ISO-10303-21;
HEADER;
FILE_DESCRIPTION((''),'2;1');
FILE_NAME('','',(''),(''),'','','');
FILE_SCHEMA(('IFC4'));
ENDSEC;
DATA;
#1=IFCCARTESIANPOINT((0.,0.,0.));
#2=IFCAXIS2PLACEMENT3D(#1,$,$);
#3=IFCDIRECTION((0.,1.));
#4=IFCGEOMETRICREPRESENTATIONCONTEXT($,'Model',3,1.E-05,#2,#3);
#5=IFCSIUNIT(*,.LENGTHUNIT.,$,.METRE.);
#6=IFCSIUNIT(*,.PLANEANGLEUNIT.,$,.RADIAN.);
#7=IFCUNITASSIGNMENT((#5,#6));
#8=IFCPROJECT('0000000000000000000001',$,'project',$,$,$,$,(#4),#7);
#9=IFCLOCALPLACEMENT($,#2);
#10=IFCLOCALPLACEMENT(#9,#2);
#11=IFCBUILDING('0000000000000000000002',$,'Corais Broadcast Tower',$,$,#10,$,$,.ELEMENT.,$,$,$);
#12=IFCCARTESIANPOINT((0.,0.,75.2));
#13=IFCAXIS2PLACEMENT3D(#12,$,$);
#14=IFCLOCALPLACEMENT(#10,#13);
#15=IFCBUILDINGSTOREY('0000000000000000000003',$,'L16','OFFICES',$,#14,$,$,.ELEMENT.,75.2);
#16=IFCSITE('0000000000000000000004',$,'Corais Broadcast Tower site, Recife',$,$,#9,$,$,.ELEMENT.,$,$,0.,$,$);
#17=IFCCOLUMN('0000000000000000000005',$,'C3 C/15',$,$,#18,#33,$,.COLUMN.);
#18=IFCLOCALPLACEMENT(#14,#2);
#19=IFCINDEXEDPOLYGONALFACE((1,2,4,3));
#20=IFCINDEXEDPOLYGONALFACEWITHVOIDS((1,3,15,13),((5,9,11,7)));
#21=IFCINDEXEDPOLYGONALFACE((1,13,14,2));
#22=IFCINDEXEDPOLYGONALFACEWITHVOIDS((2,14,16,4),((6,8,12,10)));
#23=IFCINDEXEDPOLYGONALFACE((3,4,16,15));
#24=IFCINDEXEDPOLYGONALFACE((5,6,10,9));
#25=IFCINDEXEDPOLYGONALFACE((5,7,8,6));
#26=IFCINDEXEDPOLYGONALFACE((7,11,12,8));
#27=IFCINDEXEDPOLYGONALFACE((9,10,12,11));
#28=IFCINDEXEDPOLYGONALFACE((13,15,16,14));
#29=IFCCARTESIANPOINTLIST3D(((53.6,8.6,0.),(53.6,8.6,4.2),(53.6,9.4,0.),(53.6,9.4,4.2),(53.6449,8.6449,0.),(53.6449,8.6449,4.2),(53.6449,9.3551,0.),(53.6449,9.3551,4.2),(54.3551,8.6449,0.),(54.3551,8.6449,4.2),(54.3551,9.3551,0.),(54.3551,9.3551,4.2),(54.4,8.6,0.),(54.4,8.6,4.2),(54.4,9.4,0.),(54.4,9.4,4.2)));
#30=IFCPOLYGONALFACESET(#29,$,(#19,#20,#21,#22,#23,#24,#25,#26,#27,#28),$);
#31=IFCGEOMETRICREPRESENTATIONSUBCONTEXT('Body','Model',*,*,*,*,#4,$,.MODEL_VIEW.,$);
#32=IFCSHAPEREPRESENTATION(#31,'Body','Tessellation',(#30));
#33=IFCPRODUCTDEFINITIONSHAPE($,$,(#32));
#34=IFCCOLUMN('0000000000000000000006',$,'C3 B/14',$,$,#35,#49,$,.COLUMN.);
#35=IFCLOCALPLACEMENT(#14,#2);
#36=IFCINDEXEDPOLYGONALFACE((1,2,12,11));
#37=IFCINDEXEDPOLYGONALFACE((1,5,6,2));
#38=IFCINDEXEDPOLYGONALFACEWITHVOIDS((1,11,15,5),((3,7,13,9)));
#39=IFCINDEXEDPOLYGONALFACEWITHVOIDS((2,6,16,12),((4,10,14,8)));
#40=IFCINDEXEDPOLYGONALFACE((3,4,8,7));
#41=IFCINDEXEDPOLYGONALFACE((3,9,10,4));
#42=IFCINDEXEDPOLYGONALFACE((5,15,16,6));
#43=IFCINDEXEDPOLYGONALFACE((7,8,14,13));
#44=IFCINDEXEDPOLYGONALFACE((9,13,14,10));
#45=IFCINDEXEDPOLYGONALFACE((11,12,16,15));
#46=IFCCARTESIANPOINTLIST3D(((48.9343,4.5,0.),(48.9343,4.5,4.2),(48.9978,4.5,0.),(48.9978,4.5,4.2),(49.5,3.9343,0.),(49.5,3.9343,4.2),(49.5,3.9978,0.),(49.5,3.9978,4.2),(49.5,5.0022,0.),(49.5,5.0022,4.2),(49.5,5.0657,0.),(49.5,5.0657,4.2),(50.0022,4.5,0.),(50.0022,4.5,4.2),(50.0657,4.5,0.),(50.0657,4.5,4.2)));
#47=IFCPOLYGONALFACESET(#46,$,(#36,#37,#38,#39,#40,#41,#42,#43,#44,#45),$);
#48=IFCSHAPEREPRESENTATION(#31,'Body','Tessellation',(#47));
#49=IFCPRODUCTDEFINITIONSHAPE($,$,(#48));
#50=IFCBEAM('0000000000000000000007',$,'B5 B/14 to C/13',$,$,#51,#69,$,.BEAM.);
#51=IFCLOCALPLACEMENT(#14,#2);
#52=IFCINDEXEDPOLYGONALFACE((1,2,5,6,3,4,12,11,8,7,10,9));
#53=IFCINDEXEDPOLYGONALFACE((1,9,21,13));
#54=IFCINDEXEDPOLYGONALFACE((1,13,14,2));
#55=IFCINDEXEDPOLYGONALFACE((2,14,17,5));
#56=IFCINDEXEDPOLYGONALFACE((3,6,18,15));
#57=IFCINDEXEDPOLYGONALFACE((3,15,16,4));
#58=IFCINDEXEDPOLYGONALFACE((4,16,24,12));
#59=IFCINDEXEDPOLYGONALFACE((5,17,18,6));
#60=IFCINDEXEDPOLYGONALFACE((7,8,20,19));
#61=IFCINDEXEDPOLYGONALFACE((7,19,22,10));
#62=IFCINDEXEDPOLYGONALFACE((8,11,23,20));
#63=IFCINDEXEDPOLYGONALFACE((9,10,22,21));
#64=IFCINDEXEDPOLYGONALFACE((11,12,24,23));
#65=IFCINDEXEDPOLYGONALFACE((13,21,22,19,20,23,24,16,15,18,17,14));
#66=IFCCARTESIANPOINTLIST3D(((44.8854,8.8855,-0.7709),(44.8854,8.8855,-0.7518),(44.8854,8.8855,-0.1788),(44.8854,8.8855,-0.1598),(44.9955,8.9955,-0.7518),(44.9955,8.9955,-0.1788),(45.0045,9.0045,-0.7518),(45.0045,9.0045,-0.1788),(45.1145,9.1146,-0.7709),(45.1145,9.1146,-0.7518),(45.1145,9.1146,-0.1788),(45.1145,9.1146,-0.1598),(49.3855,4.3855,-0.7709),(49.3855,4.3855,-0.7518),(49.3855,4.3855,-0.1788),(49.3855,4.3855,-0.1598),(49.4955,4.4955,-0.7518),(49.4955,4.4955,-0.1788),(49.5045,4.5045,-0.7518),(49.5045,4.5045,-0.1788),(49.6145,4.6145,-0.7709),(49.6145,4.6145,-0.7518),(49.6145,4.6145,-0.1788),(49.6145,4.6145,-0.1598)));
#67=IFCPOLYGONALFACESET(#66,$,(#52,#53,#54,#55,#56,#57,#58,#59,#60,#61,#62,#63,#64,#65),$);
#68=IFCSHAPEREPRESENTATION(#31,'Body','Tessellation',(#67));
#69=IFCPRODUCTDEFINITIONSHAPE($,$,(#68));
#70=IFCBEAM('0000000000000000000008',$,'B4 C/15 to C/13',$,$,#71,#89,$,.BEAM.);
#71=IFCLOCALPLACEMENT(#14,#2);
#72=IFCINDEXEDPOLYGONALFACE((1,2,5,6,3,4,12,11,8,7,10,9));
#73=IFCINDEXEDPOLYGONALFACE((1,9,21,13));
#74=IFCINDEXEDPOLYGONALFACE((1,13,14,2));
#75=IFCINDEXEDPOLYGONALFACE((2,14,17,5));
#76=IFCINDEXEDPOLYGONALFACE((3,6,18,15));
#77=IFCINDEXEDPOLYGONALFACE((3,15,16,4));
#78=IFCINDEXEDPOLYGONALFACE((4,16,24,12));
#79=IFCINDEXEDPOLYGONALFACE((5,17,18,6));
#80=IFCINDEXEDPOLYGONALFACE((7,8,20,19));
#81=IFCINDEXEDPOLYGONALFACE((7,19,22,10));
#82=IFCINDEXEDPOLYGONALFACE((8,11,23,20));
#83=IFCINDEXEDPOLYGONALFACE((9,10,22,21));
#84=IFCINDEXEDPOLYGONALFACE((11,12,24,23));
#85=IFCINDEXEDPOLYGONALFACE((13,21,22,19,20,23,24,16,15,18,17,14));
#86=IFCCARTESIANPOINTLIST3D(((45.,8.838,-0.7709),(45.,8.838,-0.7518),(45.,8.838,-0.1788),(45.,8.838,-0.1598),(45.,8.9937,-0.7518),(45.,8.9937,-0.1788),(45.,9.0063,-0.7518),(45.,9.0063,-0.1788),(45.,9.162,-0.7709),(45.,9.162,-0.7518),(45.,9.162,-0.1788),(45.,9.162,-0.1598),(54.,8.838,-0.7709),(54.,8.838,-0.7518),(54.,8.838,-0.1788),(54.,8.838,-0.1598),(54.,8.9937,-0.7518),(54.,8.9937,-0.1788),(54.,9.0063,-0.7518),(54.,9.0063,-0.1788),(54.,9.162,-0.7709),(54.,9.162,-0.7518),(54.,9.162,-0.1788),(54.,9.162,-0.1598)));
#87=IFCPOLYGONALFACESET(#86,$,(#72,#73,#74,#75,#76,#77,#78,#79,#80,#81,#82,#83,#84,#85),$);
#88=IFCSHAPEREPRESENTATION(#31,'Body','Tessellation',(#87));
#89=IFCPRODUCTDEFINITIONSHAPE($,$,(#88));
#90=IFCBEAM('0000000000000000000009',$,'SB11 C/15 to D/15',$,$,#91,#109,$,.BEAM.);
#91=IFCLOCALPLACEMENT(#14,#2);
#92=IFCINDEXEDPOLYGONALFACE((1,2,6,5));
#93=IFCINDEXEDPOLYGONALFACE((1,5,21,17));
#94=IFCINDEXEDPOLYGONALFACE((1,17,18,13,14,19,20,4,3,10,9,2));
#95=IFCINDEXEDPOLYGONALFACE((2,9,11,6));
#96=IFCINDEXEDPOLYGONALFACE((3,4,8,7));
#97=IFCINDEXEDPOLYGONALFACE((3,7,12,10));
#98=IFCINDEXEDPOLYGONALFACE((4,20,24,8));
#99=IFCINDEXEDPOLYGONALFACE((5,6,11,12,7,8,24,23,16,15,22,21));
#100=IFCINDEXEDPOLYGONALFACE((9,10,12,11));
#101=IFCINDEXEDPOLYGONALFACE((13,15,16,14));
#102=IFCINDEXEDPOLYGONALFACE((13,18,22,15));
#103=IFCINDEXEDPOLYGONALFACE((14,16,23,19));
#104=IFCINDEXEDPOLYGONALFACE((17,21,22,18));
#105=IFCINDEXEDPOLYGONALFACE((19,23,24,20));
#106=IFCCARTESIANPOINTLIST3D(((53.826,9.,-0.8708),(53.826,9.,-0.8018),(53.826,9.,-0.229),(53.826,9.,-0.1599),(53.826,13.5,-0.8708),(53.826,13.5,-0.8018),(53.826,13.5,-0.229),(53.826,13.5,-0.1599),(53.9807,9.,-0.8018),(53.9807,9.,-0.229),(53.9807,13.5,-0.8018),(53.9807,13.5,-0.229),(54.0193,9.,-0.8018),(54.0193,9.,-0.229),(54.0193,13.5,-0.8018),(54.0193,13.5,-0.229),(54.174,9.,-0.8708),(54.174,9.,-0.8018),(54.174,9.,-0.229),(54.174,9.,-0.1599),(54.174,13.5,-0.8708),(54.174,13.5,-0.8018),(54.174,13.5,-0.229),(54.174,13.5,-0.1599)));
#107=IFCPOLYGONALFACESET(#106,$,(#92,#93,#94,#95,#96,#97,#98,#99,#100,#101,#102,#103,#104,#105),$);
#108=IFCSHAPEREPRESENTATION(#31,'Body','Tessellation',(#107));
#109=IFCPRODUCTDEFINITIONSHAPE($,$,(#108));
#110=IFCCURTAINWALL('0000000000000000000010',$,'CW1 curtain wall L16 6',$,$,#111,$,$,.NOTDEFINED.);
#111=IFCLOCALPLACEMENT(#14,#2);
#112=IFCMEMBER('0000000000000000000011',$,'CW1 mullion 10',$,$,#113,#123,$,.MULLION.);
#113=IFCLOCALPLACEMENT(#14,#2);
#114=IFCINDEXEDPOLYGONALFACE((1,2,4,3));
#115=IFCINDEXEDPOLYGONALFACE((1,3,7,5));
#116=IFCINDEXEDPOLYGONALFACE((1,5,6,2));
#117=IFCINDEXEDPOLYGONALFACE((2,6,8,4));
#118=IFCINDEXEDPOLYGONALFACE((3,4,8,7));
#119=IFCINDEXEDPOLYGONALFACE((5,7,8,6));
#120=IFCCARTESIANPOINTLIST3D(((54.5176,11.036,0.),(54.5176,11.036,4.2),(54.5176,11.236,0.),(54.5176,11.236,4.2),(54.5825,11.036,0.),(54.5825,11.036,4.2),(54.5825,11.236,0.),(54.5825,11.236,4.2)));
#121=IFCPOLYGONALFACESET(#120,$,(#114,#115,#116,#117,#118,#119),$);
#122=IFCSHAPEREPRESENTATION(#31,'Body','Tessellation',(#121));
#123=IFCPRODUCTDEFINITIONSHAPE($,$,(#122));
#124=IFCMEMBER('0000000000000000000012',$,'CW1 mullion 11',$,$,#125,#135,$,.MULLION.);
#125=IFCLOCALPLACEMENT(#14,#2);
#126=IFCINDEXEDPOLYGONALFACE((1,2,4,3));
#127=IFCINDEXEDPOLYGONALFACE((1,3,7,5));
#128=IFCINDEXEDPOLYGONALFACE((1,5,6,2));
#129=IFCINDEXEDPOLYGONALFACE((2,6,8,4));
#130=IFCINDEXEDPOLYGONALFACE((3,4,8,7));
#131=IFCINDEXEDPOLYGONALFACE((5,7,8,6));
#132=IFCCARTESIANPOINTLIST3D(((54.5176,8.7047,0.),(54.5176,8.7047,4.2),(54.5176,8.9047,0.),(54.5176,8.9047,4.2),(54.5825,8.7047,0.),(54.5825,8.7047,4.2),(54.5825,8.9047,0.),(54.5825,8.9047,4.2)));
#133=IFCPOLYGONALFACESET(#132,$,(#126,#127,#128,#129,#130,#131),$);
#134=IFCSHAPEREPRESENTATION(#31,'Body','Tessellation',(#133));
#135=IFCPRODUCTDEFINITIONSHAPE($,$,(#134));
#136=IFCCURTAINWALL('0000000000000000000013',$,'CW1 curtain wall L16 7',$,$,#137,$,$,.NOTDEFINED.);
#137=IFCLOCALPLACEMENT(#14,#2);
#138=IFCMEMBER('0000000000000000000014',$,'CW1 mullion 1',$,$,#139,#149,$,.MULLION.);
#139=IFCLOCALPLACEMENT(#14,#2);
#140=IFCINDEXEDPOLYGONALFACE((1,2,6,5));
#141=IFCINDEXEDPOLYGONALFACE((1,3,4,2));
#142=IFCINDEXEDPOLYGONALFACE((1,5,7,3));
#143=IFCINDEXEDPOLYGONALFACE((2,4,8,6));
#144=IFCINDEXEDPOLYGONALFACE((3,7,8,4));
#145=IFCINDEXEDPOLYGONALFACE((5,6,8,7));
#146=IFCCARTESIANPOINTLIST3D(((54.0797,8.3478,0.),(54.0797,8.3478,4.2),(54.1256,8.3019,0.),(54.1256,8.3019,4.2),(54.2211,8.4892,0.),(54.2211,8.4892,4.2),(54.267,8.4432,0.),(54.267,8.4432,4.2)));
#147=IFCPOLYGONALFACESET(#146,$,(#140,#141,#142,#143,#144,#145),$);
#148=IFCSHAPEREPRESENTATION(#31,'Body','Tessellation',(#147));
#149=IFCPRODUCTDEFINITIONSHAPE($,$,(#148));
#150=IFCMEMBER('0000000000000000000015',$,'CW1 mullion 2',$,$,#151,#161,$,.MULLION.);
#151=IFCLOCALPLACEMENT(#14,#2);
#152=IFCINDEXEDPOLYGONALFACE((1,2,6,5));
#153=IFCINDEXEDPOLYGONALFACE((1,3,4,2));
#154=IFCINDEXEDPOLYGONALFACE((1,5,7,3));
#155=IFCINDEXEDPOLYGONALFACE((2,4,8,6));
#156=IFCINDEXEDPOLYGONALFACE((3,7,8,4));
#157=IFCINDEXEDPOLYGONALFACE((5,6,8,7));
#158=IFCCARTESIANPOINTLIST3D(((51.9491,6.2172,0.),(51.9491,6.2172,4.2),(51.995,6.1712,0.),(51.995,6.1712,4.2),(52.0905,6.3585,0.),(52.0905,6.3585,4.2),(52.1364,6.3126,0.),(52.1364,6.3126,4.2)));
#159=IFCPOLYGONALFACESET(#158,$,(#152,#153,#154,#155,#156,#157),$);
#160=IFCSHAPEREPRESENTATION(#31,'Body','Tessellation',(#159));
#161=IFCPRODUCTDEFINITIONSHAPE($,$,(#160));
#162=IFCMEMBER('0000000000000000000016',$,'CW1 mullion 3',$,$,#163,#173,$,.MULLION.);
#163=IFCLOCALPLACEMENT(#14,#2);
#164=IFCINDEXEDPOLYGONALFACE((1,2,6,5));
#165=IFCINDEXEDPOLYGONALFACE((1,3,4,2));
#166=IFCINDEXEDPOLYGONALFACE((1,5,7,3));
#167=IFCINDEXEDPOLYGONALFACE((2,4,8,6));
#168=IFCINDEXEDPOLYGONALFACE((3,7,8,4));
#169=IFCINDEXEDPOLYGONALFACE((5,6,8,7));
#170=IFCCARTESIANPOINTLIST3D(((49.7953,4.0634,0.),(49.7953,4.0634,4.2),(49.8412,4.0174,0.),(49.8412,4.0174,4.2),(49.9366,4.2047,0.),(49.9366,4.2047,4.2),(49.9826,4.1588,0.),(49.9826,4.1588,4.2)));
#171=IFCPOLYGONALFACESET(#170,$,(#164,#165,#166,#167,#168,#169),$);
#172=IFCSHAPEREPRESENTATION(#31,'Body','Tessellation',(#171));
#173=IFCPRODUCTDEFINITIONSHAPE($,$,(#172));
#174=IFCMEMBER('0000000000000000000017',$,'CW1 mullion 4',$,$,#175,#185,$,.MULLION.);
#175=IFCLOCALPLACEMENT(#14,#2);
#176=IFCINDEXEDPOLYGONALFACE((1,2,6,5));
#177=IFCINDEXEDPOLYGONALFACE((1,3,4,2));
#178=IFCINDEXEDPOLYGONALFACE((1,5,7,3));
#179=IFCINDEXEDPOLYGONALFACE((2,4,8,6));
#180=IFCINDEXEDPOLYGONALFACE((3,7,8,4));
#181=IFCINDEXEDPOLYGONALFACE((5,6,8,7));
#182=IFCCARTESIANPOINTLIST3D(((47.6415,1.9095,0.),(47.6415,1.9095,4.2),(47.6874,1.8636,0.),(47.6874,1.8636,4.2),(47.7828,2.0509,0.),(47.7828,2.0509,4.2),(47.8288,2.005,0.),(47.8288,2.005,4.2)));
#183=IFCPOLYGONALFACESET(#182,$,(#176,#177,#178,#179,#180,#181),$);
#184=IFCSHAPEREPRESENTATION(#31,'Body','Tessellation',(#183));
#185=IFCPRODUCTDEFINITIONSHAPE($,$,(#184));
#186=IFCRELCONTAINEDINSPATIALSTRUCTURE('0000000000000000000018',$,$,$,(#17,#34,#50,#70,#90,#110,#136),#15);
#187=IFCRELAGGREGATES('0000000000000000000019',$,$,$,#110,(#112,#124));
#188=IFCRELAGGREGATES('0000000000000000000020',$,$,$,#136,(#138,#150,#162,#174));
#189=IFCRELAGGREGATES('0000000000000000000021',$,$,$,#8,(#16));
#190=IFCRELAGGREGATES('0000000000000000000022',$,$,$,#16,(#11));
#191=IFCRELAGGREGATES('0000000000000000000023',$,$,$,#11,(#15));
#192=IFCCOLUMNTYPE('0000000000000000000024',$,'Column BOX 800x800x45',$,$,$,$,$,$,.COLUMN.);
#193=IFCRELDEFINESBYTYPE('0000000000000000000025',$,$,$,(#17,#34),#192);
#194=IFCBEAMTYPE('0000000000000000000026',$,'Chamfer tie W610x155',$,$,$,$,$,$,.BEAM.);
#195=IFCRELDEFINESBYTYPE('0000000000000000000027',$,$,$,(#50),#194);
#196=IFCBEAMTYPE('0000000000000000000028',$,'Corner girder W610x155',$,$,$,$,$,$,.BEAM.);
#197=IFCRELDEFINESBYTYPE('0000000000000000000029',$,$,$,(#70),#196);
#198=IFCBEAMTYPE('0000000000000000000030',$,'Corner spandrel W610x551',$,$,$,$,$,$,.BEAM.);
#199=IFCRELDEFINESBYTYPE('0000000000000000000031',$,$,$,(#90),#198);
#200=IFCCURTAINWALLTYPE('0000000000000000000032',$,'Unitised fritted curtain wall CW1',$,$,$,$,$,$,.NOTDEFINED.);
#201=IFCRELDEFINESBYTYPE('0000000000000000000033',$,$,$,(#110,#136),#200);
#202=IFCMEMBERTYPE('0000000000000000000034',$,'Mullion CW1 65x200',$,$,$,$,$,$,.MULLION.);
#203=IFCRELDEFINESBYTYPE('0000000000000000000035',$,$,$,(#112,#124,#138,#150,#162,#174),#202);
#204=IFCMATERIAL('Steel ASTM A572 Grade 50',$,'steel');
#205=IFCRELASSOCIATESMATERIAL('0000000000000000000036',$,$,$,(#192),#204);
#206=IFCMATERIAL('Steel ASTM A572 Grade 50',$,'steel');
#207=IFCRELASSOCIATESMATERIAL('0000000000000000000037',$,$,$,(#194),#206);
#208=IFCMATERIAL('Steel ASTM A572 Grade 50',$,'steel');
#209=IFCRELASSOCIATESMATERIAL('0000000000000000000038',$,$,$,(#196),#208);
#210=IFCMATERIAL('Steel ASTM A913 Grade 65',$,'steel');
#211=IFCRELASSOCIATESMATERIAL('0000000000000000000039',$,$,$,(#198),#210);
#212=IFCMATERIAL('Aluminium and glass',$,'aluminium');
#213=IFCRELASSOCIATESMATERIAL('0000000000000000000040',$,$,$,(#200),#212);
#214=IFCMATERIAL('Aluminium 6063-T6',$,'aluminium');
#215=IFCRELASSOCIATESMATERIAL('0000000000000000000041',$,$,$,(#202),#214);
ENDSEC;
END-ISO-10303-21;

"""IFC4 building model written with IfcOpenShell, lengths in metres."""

from ifc_helpers import new_model, si_unit, direction, frame, origin, origin_2d, place, context, subcontext, project, spatial, rectangle, hollow_rectangle, i_section, extrude, material, material_profile, profile_set, type_object, element, aggregate, save


model = new_model("IFC4")

# Units and contexts
model_context = context("Model", 3, precision=1e-05, world=origin(), true_north=direction((0.0, 1.0)))
body_context = subcontext(model_context, "Body", "Model", "MODEL_VIEW")
ifc_project = project(units=[si_unit("LENGTHUNIT", "METRE"), si_unit("PLANEANGLEUNIT", "RADIAN")], contexts=[model_context])

# Site, building, storey
site_placement = place(None, origin())
site = spatial("IfcSite", under=ifc_project, at=site_placement, Name="Corais Broadcast Tower site, Recife", CompositionType="ELEMENT", RefElevation=0.0)
building_placement = place(site_placement, origin())
building = spatial("IfcBuilding", under=site, at=building_placement, Name="Corais Broadcast Tower", CompositionType="ELEMENT")
storey_placement = place(building_placement, frame((0.0, 0.0, 75.2)))
storey = spatial("IfcBuildingStorey", under=building, at=storey_placement, Name="L16", Description="OFFICES", CompositionType="ELEMENT", Elevation=75.2)

# Columns
ifc_material_1 = material(Name="Steel ASTM A572 Grade 50", Category="steel")
ifc_material_profile_1 = material_profile(ifc_material_1, hollow_rectangle(XDim=0.8, YDim=0.8, WallThickness=0.0449, at=origin_2d()), Name="BOX 800x800x45")
ifc_profile_set_1 = profile_set([ifc_material_profile_1], Name="Steel ASTM A572 Grade 50")
column_type = type_object("IfcColumnType", Name="Column BOX 800x800x45", PredefinedType="COLUMN", material=ifc_profile_set_1)
for number, where, z_axis, x_axis, name in (
    (1, (54.0, 9.0, 0.0), (0.0, 0.0, 1.0), (1.0, 0.0, 0.0), "C3 C/15"),
    (2, (49.5, 4.5, 0.0), (0.0, 0.0, 1.0), (0.707107, 0.707107, 0.0), "C3 B/14"),
):
    element("IfcColumn", number, at=place(storey_placement, frame(where, z_axis=z_axis, x_axis=x_axis)), inside=storey, type_object=column_type, Name=name, PredefinedType="COLUMN", context=body_context, shape_type="SweptSolid", body=[
        extrude(hollow_rectangle(XDim=0.8, YDim=0.8, WallThickness=0.0449, at=origin_2d()), origin(), (0.0, 0.0, 1.0), 4.2),
    ])

# Beams
ifc_material_2 = material(Name="Steel ASTM A572 Grade 50", Category="steel")
ifc_material_profile_2 = material_profile(ifc_material_2, i_section(OverallWidth=0.324, OverallDepth=0.6111, WebThickness=0.0127, FlangeThickness=0.019, at=origin_2d()), Name="W610x155")
ifc_profile_set_2 = profile_set([ifc_material_profile_2], Name="Steel ASTM A572 Grade 50")
beam_type_1 = type_object("IfcBeamType", Name="Chamfer tie W610x155", PredefinedType="BEAM", material=ifc_profile_set_2)
beam_1_placement = place(storey_placement, frame((49.5, 4.5, -0.4653), z_axis=(-0.707107, 0.707107, 0.0), x_axis=(-0.707107, -0.707107, 0.0)))
element("IfcBeam", 3, at=beam_1_placement, inside=storey, type_object=beam_type_1, Name="B5 B/14 to C/13", PredefinedType="BEAM", context=body_context, shape_type="SweptSolid", body=[
    extrude(i_section(OverallWidth=0.324, OverallDepth=0.6111, WebThickness=0.0127, FlangeThickness=0.019, at=origin_2d()), origin(), (0.0, 0.0, 1.0), 6.364),
])
ifc_material_3 = material(Name="Steel ASTM A572 Grade 50", Category="steel")
ifc_material_profile_3 = material_profile(ifc_material_3, i_section(OverallWidth=0.324, OverallDepth=0.6111, WebThickness=0.0127, FlangeThickness=0.019, at=origin_2d()), Name="W610x155")
ifc_profile_set_3 = profile_set([ifc_material_profile_3], Name="Steel ASTM A572 Grade 50")
beam_type_2 = type_object("IfcBeamType", Name="Corner girder W610x155", PredefinedType="BEAM", material=ifc_profile_set_3)
beam_2_placement = place(storey_placement, frame((54.0, 9.0, -0.4653), z_axis=(-1.0, 0.0, 0.0), x_axis=(0.0, -1.0, 0.0)))
element("IfcBeam", 4, at=beam_2_placement, inside=storey, type_object=beam_type_2, Name="B4 C/15 to C/13", PredefinedType="BEAM", context=body_context, shape_type="SweptSolid", body=[
    extrude(i_section(OverallWidth=0.324, OverallDepth=0.6111, WebThickness=0.0127, FlangeThickness=0.019, at=origin_2d()), origin(), (0.0, 0.0, 1.0), 9.0),
])
ifc_material_4 = material(Name="Steel ASTM A913 Grade 65", Category="steel")
ifc_material_profile_4 = material_profile(ifc_material_4, i_section(OverallWidth=0.3479, OverallDepth=0.7109, WebThickness=0.0386, FlangeThickness=0.0691, at=origin_2d()), Name="W610x551")
ifc_profile_set_4 = profile_set([ifc_material_profile_4], Name="Steel ASTM A913 Grade 65")
beam_type_3 = type_object("IfcBeamType", Name="Corner spandrel W610x551", PredefinedType="BEAM", material=ifc_profile_set_4)
beam_3_placement = place(storey_placement, frame((54.0, 9.0, -0.5154), z_axis=(0.0, 1.0, 0.0), x_axis=(-1.0, 0.0, 0.0)))
element("IfcBeam", 5, at=beam_3_placement, inside=storey, type_object=beam_type_3, Name="SB11 C/15 to D/15", PredefinedType="BEAM", context=body_context, shape_type="SweptSolid", body=[
    extrude(i_section(OverallWidth=0.3479, OverallDepth=0.7109, WebThickness=0.0386, FlangeThickness=0.0691, at=origin_2d()), origin(), (0.0, 0.0, 1.0), 4.5),
])

# Curtain walls, members
ifc_material_5 = material(Name="Aluminium and glass", Category="aluminium")
curtain_wall_type = type_object("IfcCurtainWallType", Name="Unitised fritted curtain wall CW1", PredefinedType="NOTDEFINED", material=ifc_material_5)
curtain_wall_1_placement = place(storey_placement, origin())
curtain_wall_1 = element("IfcCurtainWall", 6, at=curtain_wall_1_placement, inside=storey, type_object=curtain_wall_type, Name="CW1 curtain wall L16 6", PredefinedType="NOTDEFINED")
ifc_material_6 = material(Name="Aluminium 6063-T6", Category="aluminium")
ifc_material_profile_5 = material_profile(ifc_material_6, rectangle(XDim=0.0649, YDim=0.2, at=origin_2d()), Name="Mullion CW1 65x200")
ifc_profile_set_5 = profile_set([ifc_material_profile_5], Name="Aluminium 6063-T6")
member_type_1 = type_object("IfcMemberType", Name="Mullion CW1 65x200", PredefinedType="MULLION", material=ifc_profile_set_5)
member_1_placement = place(storey_placement, frame((54.55, 11.136, 0.0), z_axis=(0.0, 0.0, 1.0), x_axis=(1.0, 0.0, 0.0)))
member_1 = element("IfcMember", 7, at=member_1_placement, type_object=member_type_1, Name="CW1 mullion 10", PredefinedType="MULLION", context=body_context, shape_type="SweptSolid", body=[
    extrude(rectangle(XDim=0.0649, YDim=0.2, at=origin_2d()), origin(), (0.0, 0.0, 1.0), 4.2),
])
member_2_placement = place(storey_placement, frame((54.55, 8.8047, 0.0), z_axis=(0.0, 0.0, 1.0), x_axis=(1.0, 0.0, 0.0)))
member_2 = element("IfcMember", 8, at=member_2_placement, type_object=member_type_1, Name="CW1 mullion 11", PredefinedType="MULLION", context=body_context, shape_type="SweptSolid", body=[
    extrude(rectangle(XDim=0.0649, YDim=0.2, at=origin_2d()), origin(), (0.0, 0.0, 1.0), 4.2),
])
curtain_wall_2_placement = place(storey_placement, origin())
curtain_wall_2 = element("IfcCurtainWall", 9, at=curtain_wall_2_placement, inside=storey, type_object=curtain_wall_type, Name="CW1 curtain wall L16 7", PredefinedType="NOTDEFINED")
member_3_placement = place(storey_placement, frame((54.1733, 8.3955, 0.0), z_axis=(0.0, 0.0, 1.0), x_axis=(0.707107, -0.707107, 0.0)))
member_3 = element("IfcMember", 10, at=member_3_placement, type_object=member_type_1, Name="CW1 mullion 1", PredefinedType="MULLION", context=body_context, shape_type="SweptSolid", body=[
    extrude(rectangle(XDim=0.0649, YDim=0.2, at=origin_2d()), origin(), (0.0, 0.0, 1.0), 4.2),
])
member_4_placement = place(storey_placement, frame((52.0427, 6.2649, 0.0), z_axis=(0.0, 0.0, 1.0), x_axis=(0.707107, -0.707107, 0.0)))
member_4 = element("IfcMember", 11, at=member_4_placement, type_object=member_type_1, Name="CW1 mullion 2", PredefinedType="MULLION", context=body_context, shape_type="SweptSolid", body=[
    extrude(rectangle(XDim=0.0649, YDim=0.2, at=origin_2d()), origin(), (0.0, 0.0, 1.0), 4.2),
])
member_5_placement = place(storey_placement, frame((49.8889, 4.1111, 0.0), z_axis=(0.0, 0.0, 1.0), x_axis=(0.707107, -0.707107, 0.0)))
member_5 = element("IfcMember", 12, at=member_5_placement, type_object=member_type_1, Name="CW1 mullion 3", PredefinedType="MULLION", context=body_context, shape_type="SweptSolid", body=[
    extrude(rectangle(XDim=0.0649, YDim=0.2, at=origin_2d()), origin(), (0.0, 0.0, 1.0), 4.2),
])
member_6_placement = place(storey_placement, frame((47.7351, 1.9573, 0.0), z_axis=(0.0, 0.0, 1.0), x_axis=(0.707107, -0.707107, 0.0)))
member_6 = element("IfcMember", 13, at=member_6_placement, type_object=member_type_1, Name="CW1 mullion 4", PredefinedType="MULLION", context=body_context, shape_type="SweptSolid", body=[
    extrude(rectangle(XDim=0.0649, YDim=0.2, at=origin_2d()), origin(), (0.0, 0.0, 1.0), 4.2),
])

aggregate(curtain_wall_1, [member_1, member_2])
aggregate(curtain_wall_2, [member_3, member_4, member_5, member_6])

save(model, "model.ifc")
